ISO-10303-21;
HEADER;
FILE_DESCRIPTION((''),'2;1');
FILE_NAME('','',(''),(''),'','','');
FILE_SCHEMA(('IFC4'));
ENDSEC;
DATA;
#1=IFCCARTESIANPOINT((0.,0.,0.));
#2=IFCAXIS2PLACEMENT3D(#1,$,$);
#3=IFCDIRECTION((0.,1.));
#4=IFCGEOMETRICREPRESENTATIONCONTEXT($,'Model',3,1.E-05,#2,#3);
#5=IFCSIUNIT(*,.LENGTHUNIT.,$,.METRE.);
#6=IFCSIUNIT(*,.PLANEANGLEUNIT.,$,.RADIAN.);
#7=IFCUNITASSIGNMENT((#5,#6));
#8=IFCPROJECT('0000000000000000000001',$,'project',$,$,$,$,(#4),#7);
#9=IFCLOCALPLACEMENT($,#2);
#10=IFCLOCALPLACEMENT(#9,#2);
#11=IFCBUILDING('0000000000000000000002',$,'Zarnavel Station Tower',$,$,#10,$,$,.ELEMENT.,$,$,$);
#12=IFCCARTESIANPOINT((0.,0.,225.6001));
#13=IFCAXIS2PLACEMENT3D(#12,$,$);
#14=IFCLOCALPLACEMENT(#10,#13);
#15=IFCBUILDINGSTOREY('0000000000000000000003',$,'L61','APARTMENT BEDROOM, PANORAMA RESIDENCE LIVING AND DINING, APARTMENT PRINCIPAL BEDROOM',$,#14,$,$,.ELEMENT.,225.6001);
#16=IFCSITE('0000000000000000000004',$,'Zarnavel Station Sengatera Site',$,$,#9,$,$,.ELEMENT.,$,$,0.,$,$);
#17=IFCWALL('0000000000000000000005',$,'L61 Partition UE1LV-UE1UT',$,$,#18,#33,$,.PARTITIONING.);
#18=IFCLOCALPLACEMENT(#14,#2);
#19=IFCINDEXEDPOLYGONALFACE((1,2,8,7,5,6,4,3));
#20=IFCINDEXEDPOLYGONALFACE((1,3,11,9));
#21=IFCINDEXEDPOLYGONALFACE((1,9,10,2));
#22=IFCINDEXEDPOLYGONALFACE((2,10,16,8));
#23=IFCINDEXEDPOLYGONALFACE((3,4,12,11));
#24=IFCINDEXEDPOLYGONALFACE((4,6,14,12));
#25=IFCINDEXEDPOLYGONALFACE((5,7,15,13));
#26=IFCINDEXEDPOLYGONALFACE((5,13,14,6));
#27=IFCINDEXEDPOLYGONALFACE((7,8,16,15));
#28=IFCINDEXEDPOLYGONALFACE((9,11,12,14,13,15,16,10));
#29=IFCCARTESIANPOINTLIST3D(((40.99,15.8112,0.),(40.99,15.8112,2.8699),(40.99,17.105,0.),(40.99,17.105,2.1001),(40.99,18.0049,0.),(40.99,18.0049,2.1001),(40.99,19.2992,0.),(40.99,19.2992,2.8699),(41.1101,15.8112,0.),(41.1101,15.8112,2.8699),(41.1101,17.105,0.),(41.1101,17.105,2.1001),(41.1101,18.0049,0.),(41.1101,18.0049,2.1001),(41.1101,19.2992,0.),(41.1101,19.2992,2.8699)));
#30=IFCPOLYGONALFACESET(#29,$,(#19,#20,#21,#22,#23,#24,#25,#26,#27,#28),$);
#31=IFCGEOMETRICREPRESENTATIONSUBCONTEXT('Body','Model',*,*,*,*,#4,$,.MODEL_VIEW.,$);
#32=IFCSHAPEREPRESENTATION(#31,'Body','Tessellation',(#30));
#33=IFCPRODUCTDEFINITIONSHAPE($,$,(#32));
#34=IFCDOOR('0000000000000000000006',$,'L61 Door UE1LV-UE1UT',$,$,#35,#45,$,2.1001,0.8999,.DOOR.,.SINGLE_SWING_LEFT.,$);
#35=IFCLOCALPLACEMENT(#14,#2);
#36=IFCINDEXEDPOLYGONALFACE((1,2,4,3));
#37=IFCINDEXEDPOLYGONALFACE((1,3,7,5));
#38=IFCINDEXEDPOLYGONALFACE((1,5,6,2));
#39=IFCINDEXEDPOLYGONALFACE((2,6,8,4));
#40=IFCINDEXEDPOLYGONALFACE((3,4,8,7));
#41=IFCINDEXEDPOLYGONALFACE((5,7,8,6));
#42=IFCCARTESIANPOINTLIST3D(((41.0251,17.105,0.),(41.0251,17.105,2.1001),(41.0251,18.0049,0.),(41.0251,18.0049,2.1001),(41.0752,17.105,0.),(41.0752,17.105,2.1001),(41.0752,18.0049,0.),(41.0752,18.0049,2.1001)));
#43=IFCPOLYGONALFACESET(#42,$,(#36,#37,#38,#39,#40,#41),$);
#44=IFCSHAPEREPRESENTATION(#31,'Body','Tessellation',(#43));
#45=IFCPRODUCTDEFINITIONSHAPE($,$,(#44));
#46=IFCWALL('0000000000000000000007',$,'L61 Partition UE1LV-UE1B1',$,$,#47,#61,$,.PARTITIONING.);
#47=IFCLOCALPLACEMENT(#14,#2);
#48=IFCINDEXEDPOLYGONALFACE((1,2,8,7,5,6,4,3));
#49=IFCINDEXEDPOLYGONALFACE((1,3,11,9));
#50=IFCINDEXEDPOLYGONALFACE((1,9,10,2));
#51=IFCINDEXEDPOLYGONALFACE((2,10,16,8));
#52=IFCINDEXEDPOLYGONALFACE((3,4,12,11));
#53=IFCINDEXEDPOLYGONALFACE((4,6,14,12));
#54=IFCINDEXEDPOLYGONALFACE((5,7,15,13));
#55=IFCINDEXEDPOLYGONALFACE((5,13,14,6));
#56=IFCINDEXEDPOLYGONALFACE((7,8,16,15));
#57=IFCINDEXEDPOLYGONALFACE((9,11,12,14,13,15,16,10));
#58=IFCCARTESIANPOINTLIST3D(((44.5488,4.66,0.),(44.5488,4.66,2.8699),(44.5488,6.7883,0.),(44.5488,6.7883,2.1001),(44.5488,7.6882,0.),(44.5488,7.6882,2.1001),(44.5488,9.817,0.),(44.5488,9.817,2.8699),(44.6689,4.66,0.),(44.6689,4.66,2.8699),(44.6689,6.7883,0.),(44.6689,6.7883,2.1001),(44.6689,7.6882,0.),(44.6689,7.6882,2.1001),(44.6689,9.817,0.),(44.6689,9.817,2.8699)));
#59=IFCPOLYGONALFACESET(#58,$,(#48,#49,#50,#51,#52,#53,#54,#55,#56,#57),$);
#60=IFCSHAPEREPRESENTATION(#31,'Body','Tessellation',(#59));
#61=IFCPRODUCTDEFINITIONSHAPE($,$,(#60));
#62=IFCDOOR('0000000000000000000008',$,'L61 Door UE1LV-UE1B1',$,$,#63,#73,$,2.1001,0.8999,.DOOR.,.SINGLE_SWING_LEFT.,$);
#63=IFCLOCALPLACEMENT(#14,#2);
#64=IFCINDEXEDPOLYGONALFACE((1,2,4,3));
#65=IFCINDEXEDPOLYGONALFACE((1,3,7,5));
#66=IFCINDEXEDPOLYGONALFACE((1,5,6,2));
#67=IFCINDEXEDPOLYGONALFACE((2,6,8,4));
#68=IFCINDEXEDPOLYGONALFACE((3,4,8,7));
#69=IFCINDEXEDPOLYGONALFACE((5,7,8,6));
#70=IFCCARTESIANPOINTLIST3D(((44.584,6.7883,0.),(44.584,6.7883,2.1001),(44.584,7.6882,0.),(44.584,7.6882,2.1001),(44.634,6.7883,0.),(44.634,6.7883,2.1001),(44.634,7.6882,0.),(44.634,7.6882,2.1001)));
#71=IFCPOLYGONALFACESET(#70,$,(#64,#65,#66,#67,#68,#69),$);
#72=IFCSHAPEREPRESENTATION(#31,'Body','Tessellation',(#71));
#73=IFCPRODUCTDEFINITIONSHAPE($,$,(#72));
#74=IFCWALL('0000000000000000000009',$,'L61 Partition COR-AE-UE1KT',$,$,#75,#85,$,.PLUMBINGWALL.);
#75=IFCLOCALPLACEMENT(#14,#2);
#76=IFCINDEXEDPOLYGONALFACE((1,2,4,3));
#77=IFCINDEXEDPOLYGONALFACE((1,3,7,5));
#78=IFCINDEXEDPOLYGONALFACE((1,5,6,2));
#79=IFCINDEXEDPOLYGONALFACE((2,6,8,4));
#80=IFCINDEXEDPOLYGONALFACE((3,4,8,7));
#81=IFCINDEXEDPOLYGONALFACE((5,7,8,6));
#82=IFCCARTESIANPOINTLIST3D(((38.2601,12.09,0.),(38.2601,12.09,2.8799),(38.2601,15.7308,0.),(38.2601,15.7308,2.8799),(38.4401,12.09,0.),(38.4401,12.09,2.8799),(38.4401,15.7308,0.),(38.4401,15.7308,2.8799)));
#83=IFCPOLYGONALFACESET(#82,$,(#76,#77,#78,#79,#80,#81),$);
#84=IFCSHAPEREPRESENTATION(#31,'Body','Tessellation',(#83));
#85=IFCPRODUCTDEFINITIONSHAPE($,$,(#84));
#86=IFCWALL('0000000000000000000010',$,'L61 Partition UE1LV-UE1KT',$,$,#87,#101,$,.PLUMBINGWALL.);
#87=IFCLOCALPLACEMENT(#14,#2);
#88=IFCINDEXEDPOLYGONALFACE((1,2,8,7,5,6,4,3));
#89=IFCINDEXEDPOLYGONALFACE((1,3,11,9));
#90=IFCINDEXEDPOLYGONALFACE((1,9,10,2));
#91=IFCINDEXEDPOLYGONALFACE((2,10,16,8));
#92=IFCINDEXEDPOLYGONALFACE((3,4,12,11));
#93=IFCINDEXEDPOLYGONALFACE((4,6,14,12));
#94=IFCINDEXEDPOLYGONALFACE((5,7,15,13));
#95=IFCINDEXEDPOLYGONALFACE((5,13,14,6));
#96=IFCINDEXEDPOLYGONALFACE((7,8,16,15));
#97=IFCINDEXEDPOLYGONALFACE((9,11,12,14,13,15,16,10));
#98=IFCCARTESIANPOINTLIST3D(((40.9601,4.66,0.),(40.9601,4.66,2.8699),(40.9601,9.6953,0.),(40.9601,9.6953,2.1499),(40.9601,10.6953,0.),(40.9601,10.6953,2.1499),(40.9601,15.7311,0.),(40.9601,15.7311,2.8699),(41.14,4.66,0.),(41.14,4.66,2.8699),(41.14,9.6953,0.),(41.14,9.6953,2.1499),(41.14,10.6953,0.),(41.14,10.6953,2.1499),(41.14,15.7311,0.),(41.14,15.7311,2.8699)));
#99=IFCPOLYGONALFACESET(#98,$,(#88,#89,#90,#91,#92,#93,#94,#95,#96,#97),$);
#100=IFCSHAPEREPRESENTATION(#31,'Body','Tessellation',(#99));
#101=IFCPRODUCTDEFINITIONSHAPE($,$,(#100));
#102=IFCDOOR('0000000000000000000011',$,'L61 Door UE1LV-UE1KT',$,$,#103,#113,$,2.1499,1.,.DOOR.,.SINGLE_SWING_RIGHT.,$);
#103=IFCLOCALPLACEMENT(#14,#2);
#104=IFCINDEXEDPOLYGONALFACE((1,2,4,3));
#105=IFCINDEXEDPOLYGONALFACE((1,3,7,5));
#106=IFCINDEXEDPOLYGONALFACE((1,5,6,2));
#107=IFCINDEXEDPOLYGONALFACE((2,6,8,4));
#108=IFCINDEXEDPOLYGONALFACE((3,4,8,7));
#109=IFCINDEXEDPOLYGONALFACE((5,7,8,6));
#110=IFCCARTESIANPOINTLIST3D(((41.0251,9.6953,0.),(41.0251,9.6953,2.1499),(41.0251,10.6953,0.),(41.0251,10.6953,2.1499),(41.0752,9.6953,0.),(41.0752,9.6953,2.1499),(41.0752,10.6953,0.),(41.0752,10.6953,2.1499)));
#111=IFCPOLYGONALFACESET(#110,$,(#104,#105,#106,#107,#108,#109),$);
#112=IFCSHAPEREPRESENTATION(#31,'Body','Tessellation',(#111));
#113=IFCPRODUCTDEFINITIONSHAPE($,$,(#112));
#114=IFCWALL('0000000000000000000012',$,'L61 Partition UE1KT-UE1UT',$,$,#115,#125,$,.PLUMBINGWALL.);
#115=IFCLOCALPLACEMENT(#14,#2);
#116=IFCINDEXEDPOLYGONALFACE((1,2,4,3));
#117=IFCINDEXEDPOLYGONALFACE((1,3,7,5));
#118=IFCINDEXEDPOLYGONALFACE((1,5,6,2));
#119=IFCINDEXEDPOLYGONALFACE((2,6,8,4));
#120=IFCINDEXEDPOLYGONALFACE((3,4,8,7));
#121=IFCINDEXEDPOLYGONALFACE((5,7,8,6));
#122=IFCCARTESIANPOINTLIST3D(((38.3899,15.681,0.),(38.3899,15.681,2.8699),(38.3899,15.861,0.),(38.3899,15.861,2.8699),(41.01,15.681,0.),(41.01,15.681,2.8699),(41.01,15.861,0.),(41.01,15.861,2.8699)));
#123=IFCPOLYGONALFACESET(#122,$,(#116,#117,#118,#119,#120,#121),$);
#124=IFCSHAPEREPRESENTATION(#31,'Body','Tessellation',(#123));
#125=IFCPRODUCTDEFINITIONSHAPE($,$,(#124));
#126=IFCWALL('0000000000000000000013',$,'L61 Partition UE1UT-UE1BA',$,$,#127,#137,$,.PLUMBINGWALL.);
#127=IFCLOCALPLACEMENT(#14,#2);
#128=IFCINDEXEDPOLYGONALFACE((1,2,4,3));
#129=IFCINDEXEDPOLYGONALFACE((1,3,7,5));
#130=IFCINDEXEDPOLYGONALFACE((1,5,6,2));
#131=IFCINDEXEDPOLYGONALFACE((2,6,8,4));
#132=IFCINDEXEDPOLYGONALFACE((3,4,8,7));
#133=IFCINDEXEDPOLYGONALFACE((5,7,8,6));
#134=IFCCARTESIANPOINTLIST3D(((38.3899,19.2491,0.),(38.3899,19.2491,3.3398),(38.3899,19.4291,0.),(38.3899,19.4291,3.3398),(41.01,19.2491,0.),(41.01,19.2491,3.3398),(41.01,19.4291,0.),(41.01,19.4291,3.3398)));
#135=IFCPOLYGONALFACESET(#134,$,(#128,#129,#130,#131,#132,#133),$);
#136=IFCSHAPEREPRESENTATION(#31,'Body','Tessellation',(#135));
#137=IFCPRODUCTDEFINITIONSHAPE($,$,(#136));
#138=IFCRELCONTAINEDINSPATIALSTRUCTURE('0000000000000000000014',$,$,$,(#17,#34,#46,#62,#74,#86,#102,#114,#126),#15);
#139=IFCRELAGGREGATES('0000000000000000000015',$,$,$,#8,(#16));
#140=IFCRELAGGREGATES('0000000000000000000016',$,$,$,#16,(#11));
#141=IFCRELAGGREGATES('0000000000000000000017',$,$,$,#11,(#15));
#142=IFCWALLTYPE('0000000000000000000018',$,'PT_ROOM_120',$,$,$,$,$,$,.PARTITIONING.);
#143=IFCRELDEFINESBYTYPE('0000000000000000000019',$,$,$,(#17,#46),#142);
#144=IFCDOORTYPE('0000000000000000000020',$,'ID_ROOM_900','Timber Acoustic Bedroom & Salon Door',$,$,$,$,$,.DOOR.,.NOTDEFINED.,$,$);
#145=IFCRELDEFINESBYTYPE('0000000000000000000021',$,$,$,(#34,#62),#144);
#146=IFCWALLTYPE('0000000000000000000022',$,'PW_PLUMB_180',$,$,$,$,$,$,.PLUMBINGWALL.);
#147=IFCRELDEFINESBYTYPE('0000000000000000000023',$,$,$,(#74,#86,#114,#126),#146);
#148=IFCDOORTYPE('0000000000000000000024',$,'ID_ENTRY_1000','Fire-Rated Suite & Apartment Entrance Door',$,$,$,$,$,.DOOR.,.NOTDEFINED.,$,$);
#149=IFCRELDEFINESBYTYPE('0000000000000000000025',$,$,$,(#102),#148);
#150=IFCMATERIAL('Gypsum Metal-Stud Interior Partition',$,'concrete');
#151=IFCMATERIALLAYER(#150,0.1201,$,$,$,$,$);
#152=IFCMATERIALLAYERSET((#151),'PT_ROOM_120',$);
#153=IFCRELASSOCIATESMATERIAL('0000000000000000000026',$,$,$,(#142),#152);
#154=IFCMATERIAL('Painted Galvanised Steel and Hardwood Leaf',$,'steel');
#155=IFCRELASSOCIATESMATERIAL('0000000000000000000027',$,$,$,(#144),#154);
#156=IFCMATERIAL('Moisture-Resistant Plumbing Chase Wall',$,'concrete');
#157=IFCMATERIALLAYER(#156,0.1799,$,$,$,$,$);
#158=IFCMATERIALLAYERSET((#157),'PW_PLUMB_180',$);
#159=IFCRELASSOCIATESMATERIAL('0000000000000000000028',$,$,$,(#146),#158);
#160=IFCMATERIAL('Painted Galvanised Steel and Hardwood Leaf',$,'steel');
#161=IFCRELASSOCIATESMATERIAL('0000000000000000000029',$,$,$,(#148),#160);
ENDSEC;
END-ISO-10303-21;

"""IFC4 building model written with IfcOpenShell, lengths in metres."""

from ifc_helpers import new_model, si_unit, direction, frame, frame_2d, origin, place, context, subcontext, project, spatial, rectangle, extrude, material, layer, layer_set, type_object, element, fill, save


model = new_model("IFC4")

# Units and contexts
model_context = context("Model", 3, precision=1e-05, world=origin(), true_north=direction((0.0, 1.0)))
body_context = subcontext(model_context, "Body", "Model", "MODEL_VIEW")
ifc_project = project(units=[si_unit("LENGTHUNIT", "METRE"), si_unit("PLANEANGLEUNIT", "RADIAN")], contexts=[model_context])

# Site, building, storey
site_placement = place(None, origin())
site = spatial("IfcSite", under=ifc_project, at=site_placement, Name="Zarnavel Station Sengatera Site", CompositionType="ELEMENT", RefElevation=0.0)
building_placement = place(site_placement, origin())
building = spatial("IfcBuilding", under=site, at=building_placement, Name="Zarnavel Station Tower", CompositionType="ELEMENT")
storey_placement = place(building_placement, frame((0.0, 0.0, 225.6001)))
storey = spatial("IfcBuildingStorey", under=building, at=storey_placement, Name="L61", Description="APARTMENT BEDROOM, PANORAMA RESIDENCE LIVING AND DINING, APARTMENT PRINCIPAL BEDROOM", CompositionType="ELEMENT", Elevation=225.6001)

# Walls, openings, doors
ifc_material_1 = material(Name="Gypsum Metal-Stud Interior Partition", Category="concrete")
ifc_layer_1 = layer(ifc_material_1, 0.1201)
ifc_layer_set_1 = layer_set([ifc_layer_1], Name="PT_ROOM_120")
wall_type_1 = type_object("IfcWallType", Name="PT_ROOM_120", PredefinedType="PARTITIONING", material=ifc_layer_set_1)
wall_1_placement = place(storey_placement, frame((41.05, 15.811, 0.0), z_axis=(0.0, 0.0, 1.0), x_axis=(0.0, 1.0, 0.0)))
wall_1 = element("IfcWall", 1, at=wall_1_placement, inside=storey, type_object=wall_type_1, Name="L61 Partition UE1LV-UE1UT", PredefinedType="PARTITIONING", context=body_context, shape_type="SweptSolid", body=[
    extrude(rectangle(XDim=3.488, YDim=0.1201, at=frame_2d((1.7441, 0.0))), origin(), (0.0, 0.0, 1.0), 2.8699),
])
opening_1_placement = place(wall_1_placement, frame((1.2939, 0.0, 0.0)))
opening_1 = element("IfcOpeningElement", 2, at=opening_1_placement, cuts=wall_1, PredefinedType="OPENING", context=body_context, shape_type="SweptSolid", body=[
    extrude(rectangle(XDim=0.8999, YDim=2.1001, at=frame_2d((0.45, 1.05))), frame((0.0, 0.0701, 0.0), z_axis=(0.0, -1.0, 0.0), x_axis=(1.0, 0.0, 0.0)), (0.0, 0.0, 1.0), 0.1401),
])
ifc_material_2 = material(Name="Painted Galvanised Steel and Hardwood Leaf", Category="steel")
door_type_1 = type_object("IfcDoorType", Name="ID_ROOM_900", Description="Timber Acoustic Bedroom & Salon Door", OperationType="NOTDEFINED", PredefinedType="DOOR", material=ifc_material_2)
door_1_placement = place(opening_1_placement, origin())
door_1 = element("IfcDoor", 3, at=door_1_placement, inside=storey, type_object=door_type_1, Name="L61 Door UE1LV-UE1UT", OperationType="SINGLE_SWING_LEFT", OverallHeight=2.1001, OverallWidth=0.8999, PredefinedType="DOOR", context=body_context, shape_type="SweptSolid", body=[
    extrude(rectangle(XDim=0.8999, YDim=2.1001, at=frame_2d((0.45, 1.05))), frame((0.0, 0.0249, 0.0), z_axis=(0.0, -1.0, 0.0), x_axis=(1.0, 0.0, 0.0)), (0.0, 0.0, 1.0), 0.05),
])
fill(opening_1, door_1)
wall_2_placement = place(storey_placement, frame((44.6089, 4.6599, 0.0), z_axis=(0.0, 0.0, 1.0), x_axis=(0.0, 1.0, 0.0)))
wall_2 = element("IfcWall", 4, at=wall_2_placement, inside=storey, type_object=wall_type_1, Name="L61 Partition UE1LV-UE1B1", PredefinedType="PARTITIONING", context=body_context, shape_type="SweptSolid", body=[
    extrude(rectangle(XDim=5.157, YDim=0.1201, at=frame_2d((2.5786, 0.0))), origin(), (0.0, 0.0, 1.0), 2.8699),
])
opening_2_placement = place(wall_2_placement, frame((2.1284, 0.0, 0.0)))
opening_2 = element("IfcOpeningElement", 5, at=opening_2_placement, cuts=wall_2, PredefinedType="OPENING", context=body_context, shape_type="SweptSolid", body=[
    extrude(rectangle(XDim=0.8999, YDim=2.1001, at=frame_2d((0.45, 1.05))), frame((0.0, 0.0701, 0.0), z_axis=(0.0, -1.0, 0.0), x_axis=(1.0, 0.0, 0.0)), (0.0, 0.0, 1.0), 0.1401),
])
door_2_placement = place(opening_2_placement, origin())
door_2 = element("IfcDoor", 6, at=door_2_placement, inside=storey, type_object=door_type_1, Name="L61 Door UE1LV-UE1B1", OperationType="SINGLE_SWING_LEFT", OverallHeight=2.1001, OverallWidth=0.8999, PredefinedType="DOOR", context=body_context, shape_type="SweptSolid", body=[
    extrude(rectangle(XDim=0.8999, YDim=2.1001, at=frame_2d((0.45, 1.05))), frame((0.0, 0.0249, 0.0), z_axis=(0.0, -1.0, 0.0), x_axis=(1.0, 0.0, 0.0)), (0.0, 0.0, 1.0), 0.05),
])
fill(opening_2, door_2)

# Wall
ifc_material_3 = material(Name="Moisture-Resistant Plumbing Chase Wall", Category="concrete")
ifc_layer_2 = layer(ifc_material_3, 0.1799)
ifc_layer_set_2 = layer_set([ifc_layer_2], Name="PW_PLUMB_180")
wall_type_2 = type_object("IfcWallType", Name="PW_PLUMB_180", PredefinedType="PLUMBINGWALL", material=ifc_layer_set_2)
wall_3_placement = place(storey_placement, frame((38.3501, 12.0901, 0.0), z_axis=(0.0, 0.0, 1.0), x_axis=(0.0, 1.0, 0.0)))
element("IfcWall", 7, at=wall_3_placement, inside=storey, type_object=wall_type_2, Name="L61 Partition COR-AE-UE1KT", PredefinedType="PLUMBINGWALL", context=body_context, shape_type="SweptSolid", body=[
    extrude(rectangle(XDim=3.6409, YDim=0.1799, at=frame_2d((1.8203, 0.0))), origin(), (0.0, 0.0, 1.0), 2.8799),
])

# Wall, opening, door
wall_4_placement = place(storey_placement, frame((41.05, 4.6599, 0.0), z_axis=(0.0, 0.0, 1.0), x_axis=(0.0, 1.0, 0.0)))
wall_4 = element("IfcWall", 8, at=wall_4_placement, inside=storey, type_object=wall_type_2, Name="L61 Partition UE1LV-UE1KT", PredefinedType="PLUMBINGWALL", context=body_context, shape_type="SweptSolid", body=[
    extrude(rectangle(XDim=11.071, YDim=0.1799, at=frame_2d((5.5356, 0.0))), origin(), (0.0, 0.0, 1.0), 2.8699),
])
opening_3_placement = place(wall_4_placement, frame((5.0354, 0.0, 0.0)))
opening_3 = element("IfcOpeningElement", 9, at=opening_3_placement, cuts=wall_4, PredefinedType="OPENING", context=body_context, shape_type="SweptSolid", body=[
    extrude(rectangle(XDim=1.0, YDim=2.1499, at=frame_2d((0.5, 1.075))), frame((0.0, 0.0999, 0.0), z_axis=(0.0, -1.0, 0.0), x_axis=(1.0, 0.0, 0.0)), (0.0, 0.0, 1.0), 0.2),
])
ifc_material_4 = material(Name="Painted Galvanised Steel and Hardwood Leaf", Category="steel")
door_type_2 = type_object("IfcDoorType", Name="ID_ENTRY_1000", Description="Fire-Rated Suite & Apartment Entrance Door", OperationType="NOTDEFINED", PredefinedType="DOOR", material=ifc_material_4)
door_3_placement = place(opening_3_placement, origin())
door_3 = element("IfcDoor", 10, at=door_3_placement, inside=storey, type_object=door_type_2, Name="L61 Door UE1LV-UE1KT", OperationType="SINGLE_SWING_RIGHT", OverallHeight=2.1499, OverallWidth=1.0, PredefinedType="DOOR", context=body_context, shape_type="SweptSolid", body=[
    extrude(rectangle(XDim=1.0, YDim=2.1499, at=frame_2d((0.5, 1.075))), frame((0.0, 0.0249, 0.0), z_axis=(0.0, -1.0, 0.0), x_axis=(1.0, 0.0, 0.0)), (0.0, 0.0, 1.0), 0.05),
])
fill(opening_3, door_3)

# Walls
wall_5_placement = place(storey_placement, frame((38.3899, 15.771, 0.0), z_axis=(0.0, 0.0, 1.0), x_axis=(1.0, 0.0, 0.0)))
element("IfcWall", 11, at=wall_5_placement, inside=storey, type_object=wall_type_2, Name="L61 Partition UE1KT-UE1UT", PredefinedType="PLUMBINGWALL", context=body_context, shape_type="SweptSolid", body=[
    extrude(rectangle(XDim=2.6201, YDim=0.1799, at=frame_2d((1.3101, 0.0))), origin(), (0.0, 0.0, 1.0), 2.8699),
])
wall_6_placement = place(storey_placement, frame((38.3899, 19.3391, 0.0), z_axis=(0.0, 0.0, 1.0), x_axis=(1.0, 0.0, 0.0)))
element("IfcWall", 12, at=wall_6_placement, inside=storey, type_object=wall_type_2, Name="L61 Partition UE1UT-UE1BA", PredefinedType="PLUMBINGWALL", context=body_context, shape_type="SweptSolid", body=[
    extrude(rectangle(XDim=2.6201, YDim=0.1799, at=frame_2d((1.3101, 0.0))), origin(), (0.0, 0.0, 1.0), 3.3398),
])

save(model, "model.ifc")
